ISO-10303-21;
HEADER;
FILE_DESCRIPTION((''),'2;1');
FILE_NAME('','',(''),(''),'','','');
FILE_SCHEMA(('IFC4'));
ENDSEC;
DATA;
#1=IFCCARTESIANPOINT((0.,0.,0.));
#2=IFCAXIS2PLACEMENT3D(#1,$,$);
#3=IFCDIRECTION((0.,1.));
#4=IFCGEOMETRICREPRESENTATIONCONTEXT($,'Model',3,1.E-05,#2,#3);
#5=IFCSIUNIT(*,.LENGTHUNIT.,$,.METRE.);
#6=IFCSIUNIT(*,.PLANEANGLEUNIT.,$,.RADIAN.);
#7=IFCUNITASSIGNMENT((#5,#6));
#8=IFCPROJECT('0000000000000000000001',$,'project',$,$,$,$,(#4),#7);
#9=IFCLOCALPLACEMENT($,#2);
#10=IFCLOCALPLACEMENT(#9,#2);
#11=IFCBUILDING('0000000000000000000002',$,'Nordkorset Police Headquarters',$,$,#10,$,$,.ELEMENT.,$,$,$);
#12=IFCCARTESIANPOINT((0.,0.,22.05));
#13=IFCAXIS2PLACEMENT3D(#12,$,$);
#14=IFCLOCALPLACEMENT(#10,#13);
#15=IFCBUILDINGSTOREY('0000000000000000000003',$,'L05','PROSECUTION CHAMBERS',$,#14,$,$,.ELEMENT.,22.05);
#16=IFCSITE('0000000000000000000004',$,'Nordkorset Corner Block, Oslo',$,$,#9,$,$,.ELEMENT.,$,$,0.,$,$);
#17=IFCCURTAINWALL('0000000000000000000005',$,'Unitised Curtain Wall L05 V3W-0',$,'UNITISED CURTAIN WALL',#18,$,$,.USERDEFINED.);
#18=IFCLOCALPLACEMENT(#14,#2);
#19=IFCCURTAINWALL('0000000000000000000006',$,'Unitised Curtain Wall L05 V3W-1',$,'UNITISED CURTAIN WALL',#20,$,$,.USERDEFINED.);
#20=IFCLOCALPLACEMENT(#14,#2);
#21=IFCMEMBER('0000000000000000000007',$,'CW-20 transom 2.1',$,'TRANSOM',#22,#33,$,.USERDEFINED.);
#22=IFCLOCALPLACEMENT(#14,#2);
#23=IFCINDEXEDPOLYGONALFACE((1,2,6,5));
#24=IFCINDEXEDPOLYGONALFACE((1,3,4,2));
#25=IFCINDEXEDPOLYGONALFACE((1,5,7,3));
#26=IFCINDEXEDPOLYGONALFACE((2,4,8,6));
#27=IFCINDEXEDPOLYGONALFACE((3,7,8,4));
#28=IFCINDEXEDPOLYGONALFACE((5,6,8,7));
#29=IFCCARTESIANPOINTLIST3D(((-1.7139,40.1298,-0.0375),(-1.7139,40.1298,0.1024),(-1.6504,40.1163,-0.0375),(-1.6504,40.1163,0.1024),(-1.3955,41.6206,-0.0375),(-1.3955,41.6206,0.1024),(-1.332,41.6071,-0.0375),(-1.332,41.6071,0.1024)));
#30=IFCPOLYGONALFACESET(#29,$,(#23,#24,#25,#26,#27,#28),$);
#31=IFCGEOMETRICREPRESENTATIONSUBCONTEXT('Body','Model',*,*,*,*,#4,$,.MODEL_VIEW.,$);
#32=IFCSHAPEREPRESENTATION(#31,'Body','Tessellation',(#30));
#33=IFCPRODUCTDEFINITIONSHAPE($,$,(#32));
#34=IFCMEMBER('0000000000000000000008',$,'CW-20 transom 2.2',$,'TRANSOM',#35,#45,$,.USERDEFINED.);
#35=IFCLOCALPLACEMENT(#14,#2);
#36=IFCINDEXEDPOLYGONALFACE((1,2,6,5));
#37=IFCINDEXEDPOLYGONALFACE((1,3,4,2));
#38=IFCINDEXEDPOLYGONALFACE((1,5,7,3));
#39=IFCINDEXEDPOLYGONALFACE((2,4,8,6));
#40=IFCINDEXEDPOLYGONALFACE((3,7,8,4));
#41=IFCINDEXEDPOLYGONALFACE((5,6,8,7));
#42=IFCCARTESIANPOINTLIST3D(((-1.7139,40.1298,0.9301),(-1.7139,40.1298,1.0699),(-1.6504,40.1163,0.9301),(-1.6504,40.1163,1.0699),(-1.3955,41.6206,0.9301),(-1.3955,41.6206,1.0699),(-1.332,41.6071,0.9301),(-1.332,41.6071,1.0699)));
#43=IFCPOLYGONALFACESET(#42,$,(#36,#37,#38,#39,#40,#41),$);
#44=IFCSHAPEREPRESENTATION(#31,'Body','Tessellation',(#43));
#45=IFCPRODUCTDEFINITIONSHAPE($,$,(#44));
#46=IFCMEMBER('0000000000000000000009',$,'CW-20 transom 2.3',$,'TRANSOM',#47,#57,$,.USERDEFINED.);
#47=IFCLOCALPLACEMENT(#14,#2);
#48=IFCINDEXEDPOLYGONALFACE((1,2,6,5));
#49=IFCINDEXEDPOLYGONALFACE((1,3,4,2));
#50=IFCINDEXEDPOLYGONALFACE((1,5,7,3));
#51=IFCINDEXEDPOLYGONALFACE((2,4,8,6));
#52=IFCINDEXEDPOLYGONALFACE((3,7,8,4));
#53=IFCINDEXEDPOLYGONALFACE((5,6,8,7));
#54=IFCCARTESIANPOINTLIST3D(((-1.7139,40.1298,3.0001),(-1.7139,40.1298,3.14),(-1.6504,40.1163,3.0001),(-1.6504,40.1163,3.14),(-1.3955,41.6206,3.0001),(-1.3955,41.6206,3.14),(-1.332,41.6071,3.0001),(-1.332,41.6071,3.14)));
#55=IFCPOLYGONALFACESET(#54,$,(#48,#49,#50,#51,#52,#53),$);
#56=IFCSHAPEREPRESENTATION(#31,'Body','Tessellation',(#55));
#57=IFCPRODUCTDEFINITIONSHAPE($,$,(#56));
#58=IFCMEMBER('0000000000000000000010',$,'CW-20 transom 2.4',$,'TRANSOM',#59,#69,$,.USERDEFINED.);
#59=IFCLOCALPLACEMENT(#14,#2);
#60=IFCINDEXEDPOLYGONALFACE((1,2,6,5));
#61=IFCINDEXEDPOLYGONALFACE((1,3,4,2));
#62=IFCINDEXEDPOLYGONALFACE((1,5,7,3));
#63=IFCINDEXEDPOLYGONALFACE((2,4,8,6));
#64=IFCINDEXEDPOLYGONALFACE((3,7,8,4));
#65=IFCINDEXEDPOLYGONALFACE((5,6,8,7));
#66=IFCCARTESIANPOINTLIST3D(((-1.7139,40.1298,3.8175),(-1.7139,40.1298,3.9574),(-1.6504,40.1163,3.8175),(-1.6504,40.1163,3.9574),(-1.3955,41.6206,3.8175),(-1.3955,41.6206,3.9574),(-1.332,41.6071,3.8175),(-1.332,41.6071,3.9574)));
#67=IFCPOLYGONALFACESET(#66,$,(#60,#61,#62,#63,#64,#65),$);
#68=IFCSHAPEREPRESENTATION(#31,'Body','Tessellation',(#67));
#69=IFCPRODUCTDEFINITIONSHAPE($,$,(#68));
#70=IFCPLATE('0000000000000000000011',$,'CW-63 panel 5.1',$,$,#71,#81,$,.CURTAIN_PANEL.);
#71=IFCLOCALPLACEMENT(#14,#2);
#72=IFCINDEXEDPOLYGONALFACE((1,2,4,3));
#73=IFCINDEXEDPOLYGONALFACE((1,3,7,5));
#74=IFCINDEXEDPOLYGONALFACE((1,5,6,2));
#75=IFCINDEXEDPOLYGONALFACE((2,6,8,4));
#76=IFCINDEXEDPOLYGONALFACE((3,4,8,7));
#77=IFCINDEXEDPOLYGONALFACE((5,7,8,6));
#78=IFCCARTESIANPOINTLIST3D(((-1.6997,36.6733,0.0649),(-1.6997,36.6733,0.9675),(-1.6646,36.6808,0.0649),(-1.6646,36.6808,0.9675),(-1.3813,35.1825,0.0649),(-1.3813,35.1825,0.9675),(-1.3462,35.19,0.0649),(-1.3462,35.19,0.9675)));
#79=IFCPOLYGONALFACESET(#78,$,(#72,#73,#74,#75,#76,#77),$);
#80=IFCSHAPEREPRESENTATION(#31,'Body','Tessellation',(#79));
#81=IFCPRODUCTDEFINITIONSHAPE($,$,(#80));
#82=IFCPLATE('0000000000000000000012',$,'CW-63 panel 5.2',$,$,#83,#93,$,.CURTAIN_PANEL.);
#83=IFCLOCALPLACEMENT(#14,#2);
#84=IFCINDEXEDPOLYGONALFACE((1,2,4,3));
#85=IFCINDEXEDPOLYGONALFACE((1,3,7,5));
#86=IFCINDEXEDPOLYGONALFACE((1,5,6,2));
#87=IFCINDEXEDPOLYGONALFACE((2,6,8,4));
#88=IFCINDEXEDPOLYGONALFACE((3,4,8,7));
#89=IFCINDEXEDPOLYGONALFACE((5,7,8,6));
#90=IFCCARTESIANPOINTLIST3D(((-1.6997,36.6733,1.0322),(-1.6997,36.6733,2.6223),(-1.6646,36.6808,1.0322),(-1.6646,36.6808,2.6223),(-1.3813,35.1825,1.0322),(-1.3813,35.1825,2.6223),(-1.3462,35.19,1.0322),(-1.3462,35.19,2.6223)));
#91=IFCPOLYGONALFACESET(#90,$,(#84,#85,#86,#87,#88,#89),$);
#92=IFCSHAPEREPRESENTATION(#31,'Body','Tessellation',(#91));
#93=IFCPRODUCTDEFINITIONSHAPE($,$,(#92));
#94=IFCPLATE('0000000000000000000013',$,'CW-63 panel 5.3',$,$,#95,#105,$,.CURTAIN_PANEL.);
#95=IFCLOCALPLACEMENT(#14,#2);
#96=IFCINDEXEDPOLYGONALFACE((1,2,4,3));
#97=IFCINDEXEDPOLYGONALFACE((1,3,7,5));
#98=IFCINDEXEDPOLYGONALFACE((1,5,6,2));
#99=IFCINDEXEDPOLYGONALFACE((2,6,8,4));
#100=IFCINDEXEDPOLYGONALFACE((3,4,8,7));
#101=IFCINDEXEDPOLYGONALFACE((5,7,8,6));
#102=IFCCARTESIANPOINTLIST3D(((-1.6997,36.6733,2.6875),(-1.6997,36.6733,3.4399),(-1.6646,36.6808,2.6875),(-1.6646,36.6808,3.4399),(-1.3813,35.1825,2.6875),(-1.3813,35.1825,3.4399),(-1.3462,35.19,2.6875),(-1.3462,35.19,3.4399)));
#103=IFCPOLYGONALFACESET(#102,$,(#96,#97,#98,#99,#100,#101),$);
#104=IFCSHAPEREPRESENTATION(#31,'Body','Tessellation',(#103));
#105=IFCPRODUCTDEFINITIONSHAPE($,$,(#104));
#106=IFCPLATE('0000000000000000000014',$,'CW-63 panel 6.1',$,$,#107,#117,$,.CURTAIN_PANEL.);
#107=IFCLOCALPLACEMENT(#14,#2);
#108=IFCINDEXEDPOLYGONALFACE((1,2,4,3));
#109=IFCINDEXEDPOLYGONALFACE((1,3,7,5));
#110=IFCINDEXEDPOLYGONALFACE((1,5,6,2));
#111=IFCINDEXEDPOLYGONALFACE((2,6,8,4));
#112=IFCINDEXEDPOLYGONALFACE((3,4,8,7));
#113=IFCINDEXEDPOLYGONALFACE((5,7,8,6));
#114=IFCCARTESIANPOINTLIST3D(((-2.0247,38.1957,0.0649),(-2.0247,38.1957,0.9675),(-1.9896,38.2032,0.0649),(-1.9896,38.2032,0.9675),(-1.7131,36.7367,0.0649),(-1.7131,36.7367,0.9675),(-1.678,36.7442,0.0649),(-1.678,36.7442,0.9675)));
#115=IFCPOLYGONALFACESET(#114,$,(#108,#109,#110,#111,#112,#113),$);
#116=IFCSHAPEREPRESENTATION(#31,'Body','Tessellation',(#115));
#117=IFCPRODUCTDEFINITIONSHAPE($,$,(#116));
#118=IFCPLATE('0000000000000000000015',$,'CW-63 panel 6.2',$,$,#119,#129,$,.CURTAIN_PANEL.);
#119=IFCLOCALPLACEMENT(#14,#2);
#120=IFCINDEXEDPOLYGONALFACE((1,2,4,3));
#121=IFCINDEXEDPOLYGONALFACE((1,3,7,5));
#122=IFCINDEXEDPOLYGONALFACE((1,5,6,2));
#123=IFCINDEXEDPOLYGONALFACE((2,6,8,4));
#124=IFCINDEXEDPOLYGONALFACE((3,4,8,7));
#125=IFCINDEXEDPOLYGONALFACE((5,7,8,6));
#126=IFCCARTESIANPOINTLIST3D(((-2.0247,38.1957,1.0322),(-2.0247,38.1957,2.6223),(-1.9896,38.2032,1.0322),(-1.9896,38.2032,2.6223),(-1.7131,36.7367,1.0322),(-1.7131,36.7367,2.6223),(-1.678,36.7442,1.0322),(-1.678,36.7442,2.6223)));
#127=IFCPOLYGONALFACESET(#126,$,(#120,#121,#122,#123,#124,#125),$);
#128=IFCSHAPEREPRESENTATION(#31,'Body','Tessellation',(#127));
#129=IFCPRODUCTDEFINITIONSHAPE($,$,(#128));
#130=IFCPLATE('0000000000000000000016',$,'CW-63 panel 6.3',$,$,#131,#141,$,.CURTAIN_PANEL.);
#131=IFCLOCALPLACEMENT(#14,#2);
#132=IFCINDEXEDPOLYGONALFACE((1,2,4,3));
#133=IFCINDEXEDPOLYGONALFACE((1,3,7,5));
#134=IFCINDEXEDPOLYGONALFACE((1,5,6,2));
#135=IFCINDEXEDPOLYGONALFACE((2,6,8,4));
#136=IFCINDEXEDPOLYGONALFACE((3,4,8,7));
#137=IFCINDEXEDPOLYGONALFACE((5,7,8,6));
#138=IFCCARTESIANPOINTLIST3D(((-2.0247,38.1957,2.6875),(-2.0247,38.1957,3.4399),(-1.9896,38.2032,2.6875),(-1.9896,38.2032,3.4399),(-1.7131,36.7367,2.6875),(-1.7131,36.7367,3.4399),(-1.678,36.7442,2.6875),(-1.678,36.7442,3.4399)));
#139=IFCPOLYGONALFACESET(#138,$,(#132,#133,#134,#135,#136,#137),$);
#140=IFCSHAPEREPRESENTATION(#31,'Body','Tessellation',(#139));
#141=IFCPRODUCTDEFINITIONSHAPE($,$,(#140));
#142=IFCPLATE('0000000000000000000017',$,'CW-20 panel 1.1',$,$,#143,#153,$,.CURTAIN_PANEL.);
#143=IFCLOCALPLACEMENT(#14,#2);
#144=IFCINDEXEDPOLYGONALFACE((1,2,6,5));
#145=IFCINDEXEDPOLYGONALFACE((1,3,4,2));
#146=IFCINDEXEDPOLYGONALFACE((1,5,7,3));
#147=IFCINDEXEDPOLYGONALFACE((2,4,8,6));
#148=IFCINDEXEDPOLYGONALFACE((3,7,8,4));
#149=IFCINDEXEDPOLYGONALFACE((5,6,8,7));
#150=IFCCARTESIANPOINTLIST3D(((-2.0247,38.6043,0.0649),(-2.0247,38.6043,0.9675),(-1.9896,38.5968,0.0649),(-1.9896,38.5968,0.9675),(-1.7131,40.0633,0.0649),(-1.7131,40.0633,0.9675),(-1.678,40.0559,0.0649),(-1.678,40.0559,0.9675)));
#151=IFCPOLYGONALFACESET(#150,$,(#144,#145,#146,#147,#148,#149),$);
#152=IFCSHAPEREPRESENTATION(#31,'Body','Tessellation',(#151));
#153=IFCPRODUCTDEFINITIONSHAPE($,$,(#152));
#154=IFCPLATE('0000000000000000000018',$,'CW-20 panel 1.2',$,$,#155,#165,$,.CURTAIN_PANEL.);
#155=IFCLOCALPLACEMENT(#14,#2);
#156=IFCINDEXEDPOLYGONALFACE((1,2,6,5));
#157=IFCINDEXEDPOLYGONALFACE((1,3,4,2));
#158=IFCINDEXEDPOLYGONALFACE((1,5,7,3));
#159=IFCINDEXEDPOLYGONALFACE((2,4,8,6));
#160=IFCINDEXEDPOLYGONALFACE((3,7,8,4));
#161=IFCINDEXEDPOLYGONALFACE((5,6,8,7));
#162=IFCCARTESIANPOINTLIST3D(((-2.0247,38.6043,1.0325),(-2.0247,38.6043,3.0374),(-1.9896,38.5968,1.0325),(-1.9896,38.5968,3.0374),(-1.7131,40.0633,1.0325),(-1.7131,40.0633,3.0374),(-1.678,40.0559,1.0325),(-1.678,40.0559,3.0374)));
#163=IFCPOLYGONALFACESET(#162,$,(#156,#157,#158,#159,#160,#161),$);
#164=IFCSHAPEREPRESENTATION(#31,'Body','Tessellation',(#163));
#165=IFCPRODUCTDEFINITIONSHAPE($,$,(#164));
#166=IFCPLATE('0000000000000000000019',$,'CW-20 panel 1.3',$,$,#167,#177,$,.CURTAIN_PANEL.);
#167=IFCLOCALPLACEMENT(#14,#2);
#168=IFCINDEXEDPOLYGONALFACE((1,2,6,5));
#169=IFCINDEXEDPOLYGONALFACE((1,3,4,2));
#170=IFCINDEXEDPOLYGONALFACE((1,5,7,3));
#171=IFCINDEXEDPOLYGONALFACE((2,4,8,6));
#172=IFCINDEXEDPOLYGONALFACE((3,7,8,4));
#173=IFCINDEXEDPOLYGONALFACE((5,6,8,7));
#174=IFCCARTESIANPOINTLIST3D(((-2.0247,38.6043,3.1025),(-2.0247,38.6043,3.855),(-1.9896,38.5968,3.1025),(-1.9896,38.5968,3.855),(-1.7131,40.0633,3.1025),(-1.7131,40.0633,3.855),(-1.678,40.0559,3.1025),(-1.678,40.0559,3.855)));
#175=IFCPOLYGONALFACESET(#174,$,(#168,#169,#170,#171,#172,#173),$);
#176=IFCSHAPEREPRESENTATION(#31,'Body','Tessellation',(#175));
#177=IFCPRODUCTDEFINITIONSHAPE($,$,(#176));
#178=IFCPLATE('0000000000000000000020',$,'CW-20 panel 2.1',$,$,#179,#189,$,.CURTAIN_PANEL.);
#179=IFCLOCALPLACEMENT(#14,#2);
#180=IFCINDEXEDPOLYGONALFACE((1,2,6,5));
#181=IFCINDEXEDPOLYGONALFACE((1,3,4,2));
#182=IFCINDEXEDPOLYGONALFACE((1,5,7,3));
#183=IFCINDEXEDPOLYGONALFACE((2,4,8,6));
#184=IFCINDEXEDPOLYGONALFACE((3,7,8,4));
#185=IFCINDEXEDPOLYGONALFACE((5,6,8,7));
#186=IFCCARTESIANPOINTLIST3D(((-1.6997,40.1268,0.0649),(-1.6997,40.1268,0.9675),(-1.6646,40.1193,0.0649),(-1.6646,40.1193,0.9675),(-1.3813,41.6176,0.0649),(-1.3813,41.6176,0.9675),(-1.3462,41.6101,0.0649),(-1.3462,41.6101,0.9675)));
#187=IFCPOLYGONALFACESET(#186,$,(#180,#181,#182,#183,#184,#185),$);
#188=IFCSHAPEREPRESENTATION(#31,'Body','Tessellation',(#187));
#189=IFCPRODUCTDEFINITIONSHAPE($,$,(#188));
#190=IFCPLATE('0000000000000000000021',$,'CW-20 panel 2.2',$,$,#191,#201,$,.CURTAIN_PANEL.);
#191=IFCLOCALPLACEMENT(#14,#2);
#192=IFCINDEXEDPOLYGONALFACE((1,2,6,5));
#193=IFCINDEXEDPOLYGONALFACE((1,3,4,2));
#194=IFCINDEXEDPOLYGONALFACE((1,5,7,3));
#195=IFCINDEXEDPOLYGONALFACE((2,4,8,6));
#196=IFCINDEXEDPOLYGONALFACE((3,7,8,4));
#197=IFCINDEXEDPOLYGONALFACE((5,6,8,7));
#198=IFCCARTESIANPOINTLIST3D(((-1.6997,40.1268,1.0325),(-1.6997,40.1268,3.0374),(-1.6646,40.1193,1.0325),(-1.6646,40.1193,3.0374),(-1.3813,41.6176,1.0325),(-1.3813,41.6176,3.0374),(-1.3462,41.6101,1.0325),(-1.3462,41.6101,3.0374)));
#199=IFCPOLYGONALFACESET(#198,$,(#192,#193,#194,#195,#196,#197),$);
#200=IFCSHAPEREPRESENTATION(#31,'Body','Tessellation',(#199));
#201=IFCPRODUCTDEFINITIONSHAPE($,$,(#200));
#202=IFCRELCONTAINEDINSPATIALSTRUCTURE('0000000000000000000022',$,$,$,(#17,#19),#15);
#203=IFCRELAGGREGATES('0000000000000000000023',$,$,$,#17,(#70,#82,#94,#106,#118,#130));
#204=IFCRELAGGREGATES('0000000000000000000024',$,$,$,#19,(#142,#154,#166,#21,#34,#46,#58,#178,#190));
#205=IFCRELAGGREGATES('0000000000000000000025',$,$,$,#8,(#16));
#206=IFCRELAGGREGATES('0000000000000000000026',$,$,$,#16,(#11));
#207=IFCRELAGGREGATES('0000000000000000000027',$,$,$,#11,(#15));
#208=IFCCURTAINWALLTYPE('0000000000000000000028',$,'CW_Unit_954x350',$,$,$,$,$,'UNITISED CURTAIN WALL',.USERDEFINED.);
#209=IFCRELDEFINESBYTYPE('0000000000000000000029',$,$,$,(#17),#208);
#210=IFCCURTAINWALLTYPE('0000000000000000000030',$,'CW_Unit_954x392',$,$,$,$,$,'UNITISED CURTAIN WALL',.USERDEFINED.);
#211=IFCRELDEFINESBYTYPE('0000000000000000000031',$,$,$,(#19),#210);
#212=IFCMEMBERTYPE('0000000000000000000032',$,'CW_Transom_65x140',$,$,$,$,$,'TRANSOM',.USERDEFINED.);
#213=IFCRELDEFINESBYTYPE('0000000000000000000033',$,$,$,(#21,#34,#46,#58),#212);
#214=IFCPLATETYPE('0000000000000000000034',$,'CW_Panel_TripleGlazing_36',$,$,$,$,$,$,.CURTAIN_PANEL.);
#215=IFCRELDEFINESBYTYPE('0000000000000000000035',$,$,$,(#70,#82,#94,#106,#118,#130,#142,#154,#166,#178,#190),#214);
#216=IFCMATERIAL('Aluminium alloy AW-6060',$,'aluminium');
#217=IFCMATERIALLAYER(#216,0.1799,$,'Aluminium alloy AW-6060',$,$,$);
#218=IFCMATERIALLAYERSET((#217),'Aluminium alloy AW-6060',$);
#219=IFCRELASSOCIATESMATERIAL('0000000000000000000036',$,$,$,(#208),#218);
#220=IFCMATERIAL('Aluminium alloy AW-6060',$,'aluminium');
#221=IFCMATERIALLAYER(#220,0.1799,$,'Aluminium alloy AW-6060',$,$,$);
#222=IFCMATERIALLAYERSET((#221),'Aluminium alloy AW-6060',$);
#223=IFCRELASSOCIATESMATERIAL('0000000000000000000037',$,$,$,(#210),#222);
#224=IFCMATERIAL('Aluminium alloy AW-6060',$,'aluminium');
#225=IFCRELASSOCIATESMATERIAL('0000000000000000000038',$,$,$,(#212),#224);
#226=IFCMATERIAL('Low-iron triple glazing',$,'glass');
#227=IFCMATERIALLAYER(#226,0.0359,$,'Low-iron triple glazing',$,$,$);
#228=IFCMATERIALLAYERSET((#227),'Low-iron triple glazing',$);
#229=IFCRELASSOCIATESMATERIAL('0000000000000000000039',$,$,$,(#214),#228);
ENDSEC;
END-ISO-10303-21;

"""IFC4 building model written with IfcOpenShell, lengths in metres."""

from ifc_helpers import new_model, si_unit, direction, frame, origin, origin_2d, place, context, subcontext, project, spatial, rectangle, extrude, material, layer, layer_set, material_profile, profile_set, type_object, element, aggregate, save


model = new_model("IFC4")

# Units and contexts
model_context = context("Model", 3, precision=1e-05, world=origin(), true_north=direction((0.0, 1.0)))
body_context = subcontext(model_context, "Body", "Model", "MODEL_VIEW")
ifc_project = project(units=[si_unit("LENGTHUNIT", "METRE"), si_unit("PLANEANGLEUNIT", "RADIAN")], contexts=[model_context])

# Site, building, storey
site_placement = place(None, origin())
site = spatial("IfcSite", under=ifc_project, at=site_placement, Name="Nordkorset Corner Block, Oslo", CompositionType="ELEMENT", RefElevation=0.0)
building_placement = place(site_placement, origin())
building = spatial("IfcBuilding", under=site, at=building_placement, Name="Nordkorset Police Headquarters", CompositionType="ELEMENT")
storey_placement = place(building_placement, frame((0.0, 0.0, 22.05)))
storey = spatial("IfcBuildingStorey", under=building, at=storey_placement, Name="L05", Description="PROSECUTION CHAMBERS", CompositionType="ELEMENT", Elevation=22.05)

# Curtain walls
ifc_material_1 = material(Name="Aluminium alloy AW-6060", Category="aluminium")
ifc_layer_1 = layer(ifc_material_1, 0.1799, Name="Aluminium alloy AW-6060")
ifc_layer_set_1 = layer_set([ifc_layer_1], Name="Aluminium alloy AW-6060")
curtain_wall_type_1 = type_object("IfcCurtainWallType", Name="CW_Unit_954x350", ElementType="UNITISED CURTAIN WALL", PredefinedType="USERDEFINED", material=ifc_layer_set_1)
curtain_wall_1_placement = place(storey_placement, origin())
curtain_wall_1 = element("IfcCurtainWall", 1, at=curtain_wall_1_placement, inside=storey, type_object=curtain_wall_type_1, Name="Unitised Curtain Wall L05 V3W-0", ObjectType="UNITISED CURTAIN WALL", PredefinedType="USERDEFINED")
ifc_material_2 = material(Name="Aluminium alloy AW-6060", Category="aluminium")
ifc_layer_2 = layer(ifc_material_2, 0.1799, Name="Aluminium alloy AW-6060")
ifc_layer_set_2 = layer_set([ifc_layer_2], Name="Aluminium alloy AW-6060")
curtain_wall_type_2 = type_object("IfcCurtainWallType", Name="CW_Unit_954x392", ElementType="UNITISED CURTAIN WALL", PredefinedType="USERDEFINED", material=ifc_layer_set_2)
curtain_wall_2_placement = place(storey_placement, origin())
curtain_wall_2 = element("IfcCurtainWall", 2, at=curtain_wall_2_placement, inside=storey, type_object=curtain_wall_type_2, Name="Unitised Curtain Wall L05 V3W-1", ObjectType="UNITISED CURTAIN WALL", PredefinedType="USERDEFINED")

# Members
ifc_material_3 = material(Name="Aluminium alloy AW-6060", Category="aluminium")
ifc_material_profile_1 = material_profile(ifc_material_3, rectangle(XDim=0.0649, YDim=0.1399, at=origin_2d()), Name="ALU TRAN 65x140")
ifc_profile_set_1 = profile_set([ifc_material_profile_1], Name="Aluminium alloy AW-6060")
member_type_1 = type_object("IfcMemberType", Name="CW_Transom_65x140", ElementType="TRANSOM", PredefinedType="USERDEFINED", material=ifc_profile_set_1)
member_1_placement = place(storey_placement, frame((-1.6821, 40.123, 0.0325), z_axis=(0.208851, 0.977947, 0.0), x_axis=(-0.977947, 0.208851, 0.0)))
member_1 = element("IfcMember", 3, at=member_1_placement, type_object=member_type_1, Name="CW-20 transom 2.1", ObjectType="TRANSOM", PredefinedType="USERDEFINED", context=body_context, shape_type="SweptSolid", body=[
    extrude(rectangle(XDim=0.0649, YDim=0.1399, at=origin_2d()), origin(), (0.0, 0.0, 1.0), 1.5244),
])
member_2_placement = place(storey_placement, frame((-1.6821, 40.123, 1.0), z_axis=(0.208851, 0.977947, 0.0), x_axis=(-0.977947, 0.208851, 0.0)))
member_2 = element("IfcMember", 4, at=member_2_placement, type_object=member_type_1, Name="CW-20 transom 2.2", ObjectType="TRANSOM", PredefinedType="USERDEFINED", context=body_context, shape_type="SweptSolid", body=[
    extrude(rectangle(XDim=0.0649, YDim=0.1399, at=origin_2d()), origin(), (0.0, 0.0, 1.0), 1.5244),
])
member_3_placement = place(storey_placement, frame((-1.6821, 40.123, 3.0701), z_axis=(0.208851, 0.977947, 0.0), x_axis=(-0.977947, 0.208851, 0.0)))
member_3 = element("IfcMember", 5, at=member_3_placement, type_object=member_type_1, Name="CW-20 transom 2.3", ObjectType="TRANSOM", PredefinedType="USERDEFINED", context=body_context, shape_type="SweptSolid", body=[
    extrude(rectangle(XDim=0.0649, YDim=0.1399, at=origin_2d()), origin(), (0.0, 0.0, 1.0), 1.5244),
])
member_4_placement = place(storey_placement, frame((-1.6821, 40.123, 3.8875), z_axis=(0.208851, 0.977947, 0.0), x_axis=(-0.977947, 0.208851, 0.0)))
member_4 = element("IfcMember", 6, at=member_4_placement, type_object=member_type_1, Name="CW-20 transom 2.4", ObjectType="TRANSOM", PredefinedType="USERDEFINED", context=body_context, shape_type="SweptSolid", body=[
    extrude(rectangle(XDim=0.0649, YDim=0.1399, at=origin_2d()), origin(), (0.0, 0.0, 1.0), 1.5244),
])

# Plates
ifc_material_4 = material(Name="Low-iron triple glazing", Category="glass")
ifc_layer_3 = layer(ifc_material_4, 0.0359, Name="Low-iron triple glazing")
ifc_layer_set_3 = layer_set([ifc_layer_3], Name="Low-iron triple glazing")
plate_type = type_object("IfcPlateType", Name="CW_Panel_TripleGlazing_36", PredefinedType="CURTAIN_PANEL", material=ifc_layer_set_3)
plate_1_placement = place(storey_placement, frame((-1.5229, 35.9316, 0.0649), z_axis=(0.0, 0.0, 1.0), x_axis=(-0.208833, 0.977951, 0.0)))
plate_1 = element("IfcPlate", 7, at=plate_1_placement, type_object=plate_type, Name="CW-63 panel 5.1", PredefinedType="CURTAIN_PANEL", context=body_context, shape_type="SweptSolid", body=[
    extrude(rectangle(XDim=1.5244, YDim=0.0359, at=origin_2d()), origin(), (0.0, 0.0, 1.0), 0.9026),
])
plate_2_placement = place(storey_placement, frame((-1.5229, 35.9316, 1.0322), z_axis=(0.0, 0.0, 1.0), x_axis=(-0.208833, 0.977951, 0.0)))
plate_2 = element("IfcPlate", 8, at=plate_2_placement, type_object=plate_type, Name="CW-63 panel 5.2", PredefinedType="CURTAIN_PANEL", context=body_context, shape_type="SweptSolid", body=[
    extrude(rectangle(XDim=1.5244, YDim=0.0359, at=origin_2d()), origin(), (0.0, 0.0, 1.0), 1.5901),
])
plate_3_placement = place(storey_placement, frame((-1.5229, 35.9316, 2.6875), z_axis=(0.0, 0.0, 1.0), x_axis=(-0.208833, 0.977951, 0.0)))
plate_3 = element("IfcPlate", 9, at=plate_3_placement, type_object=plate_type, Name="CW-63 panel 5.3", PredefinedType="CURTAIN_PANEL", context=body_context, shape_type="SweptSolid", body=[
    extrude(rectangle(XDim=1.5244, YDim=0.0359, at=origin_2d()), origin(), (0.0, 0.0, 1.0), 0.7524),
])
plate_4_placement = place(storey_placement, frame((-1.8513, 37.47, 0.0649), z_axis=(0.0, 0.0, 1.0), x_axis=(-0.208833, 0.977951, 0.0)))
plate_4 = element("IfcPlate", 10, at=plate_4_placement, type_object=plate_type, Name="CW-63 panel 6.1", PredefinedType="CURTAIN_PANEL", context=body_context, shape_type="SweptSolid", body=[
    extrude(rectangle(XDim=1.4919, YDim=0.0359, at=origin_2d()), origin(), (0.0, 0.0, 1.0), 0.9026),
])
plate_5_placement = place(storey_placement, frame((-1.8513, 37.47, 1.0322), z_axis=(0.0, 0.0, 1.0), x_axis=(-0.208833, 0.977951, 0.0)))
plate_5 = element("IfcPlate", 11, at=plate_5_placement, type_object=plate_type, Name="CW-63 panel 6.2", PredefinedType="CURTAIN_PANEL", context=body_context, shape_type="SweptSolid", body=[
    extrude(rectangle(XDim=1.4919, YDim=0.0359, at=origin_2d()), origin(), (0.0, 0.0, 1.0), 1.5901),
])
plate_6_placement = place(storey_placement, frame((-1.8513, 37.47, 2.6875), z_axis=(0.0, 0.0, 1.0), x_axis=(-0.208833, 0.977951, 0.0)))
plate_6 = element("IfcPlate", 12, at=plate_6_placement, type_object=plate_type, Name="CW-63 panel 6.3", PredefinedType="CURTAIN_PANEL", context=body_context, shape_type="SweptSolid", body=[
    extrude(rectangle(XDim=1.4919, YDim=0.0359, at=origin_2d()), origin(), (0.0, 0.0, 1.0), 0.7524),
])
aggregate(curtain_wall_1, [plate_1, plate_2, plate_3, plate_4, plate_5, plate_6])
plate_7_placement = place(storey_placement, frame((-1.8513, 39.3301, 0.0649), z_axis=(0.0, 0.0, 1.0), x_axis=(0.208833, 0.977951, 0.0)))
plate_7 = element("IfcPlate", 13, at=plate_7_placement, type_object=plate_type, Name="CW-20 panel 1.1", PredefinedType="CURTAIN_PANEL", context=body_context, shape_type="SweptSolid", body=[
    extrude(rectangle(XDim=1.4919, YDim=0.0359, at=origin_2d()), origin(), (0.0, 0.0, 1.0), 0.9026),
])
plate_8_placement = place(storey_placement, frame((-1.8513, 39.3301, 1.0325), z_axis=(0.0, 0.0, 1.0), x_axis=(0.208833, 0.977951, 0.0)))
plate_8 = element("IfcPlate", 14, at=plate_8_placement, type_object=plate_type, Name="CW-20 panel 1.2", PredefinedType="CURTAIN_PANEL", context=body_context, shape_type="SweptSolid", body=[
    extrude(rectangle(XDim=1.4919, YDim=0.0359, at=origin_2d()), origin(), (0.0, 0.0, 1.0), 2.0049),
])
plate_9_placement = place(storey_placement, frame((-1.8513, 39.3301, 3.1025), z_axis=(0.0, 0.0, 1.0), x_axis=(0.208833, 0.977951, 0.0)))
plate_9 = element("IfcPlate", 15, at=plate_9_placement, type_object=plate_type, Name="CW-20 panel 1.3", PredefinedType="CURTAIN_PANEL", context=body_context, shape_type="SweptSolid", body=[
    extrude(rectangle(XDim=1.4919, YDim=0.0359, at=origin_2d()), origin(), (0.0, 0.0, 1.0), 0.7524),
])
plate_10_placement = place(storey_placement, frame((-1.5229, 40.8684, 0.0649), z_axis=(0.0, 0.0, 1.0), x_axis=(0.208833, 0.977951, 0.0)))
plate_10 = element("IfcPlate", 16, at=plate_10_placement, type_object=plate_type, Name="CW-20 panel 2.1", PredefinedType="CURTAIN_PANEL", context=body_context, shape_type="SweptSolid", body=[
    extrude(rectangle(XDim=1.5244, YDim=0.0359, at=origin_2d()), origin(), (0.0, 0.0, 1.0), 0.9026),
])
plate_11_placement = place(storey_placement, frame((-1.5229, 40.8684, 1.0325), z_axis=(0.0, 0.0, 1.0), x_axis=(0.208833, 0.977951, 0.0)))
plate_11 = element("IfcPlate", 17, at=plate_11_placement, type_object=plate_type, Name="CW-20 panel 2.2", PredefinedType="CURTAIN_PANEL", context=body_context, shape_type="SweptSolid", body=[
    extrude(rectangle(XDim=1.5244, YDim=0.0359, at=origin_2d()), origin(), (0.0, 0.0, 1.0), 2.0049),
])
aggregate(curtain_wall_2, [plate_7, plate_8, plate_9, member_1, member_2, member_3, member_4, plate_10, plate_11])

save(model, "model.ifc")
